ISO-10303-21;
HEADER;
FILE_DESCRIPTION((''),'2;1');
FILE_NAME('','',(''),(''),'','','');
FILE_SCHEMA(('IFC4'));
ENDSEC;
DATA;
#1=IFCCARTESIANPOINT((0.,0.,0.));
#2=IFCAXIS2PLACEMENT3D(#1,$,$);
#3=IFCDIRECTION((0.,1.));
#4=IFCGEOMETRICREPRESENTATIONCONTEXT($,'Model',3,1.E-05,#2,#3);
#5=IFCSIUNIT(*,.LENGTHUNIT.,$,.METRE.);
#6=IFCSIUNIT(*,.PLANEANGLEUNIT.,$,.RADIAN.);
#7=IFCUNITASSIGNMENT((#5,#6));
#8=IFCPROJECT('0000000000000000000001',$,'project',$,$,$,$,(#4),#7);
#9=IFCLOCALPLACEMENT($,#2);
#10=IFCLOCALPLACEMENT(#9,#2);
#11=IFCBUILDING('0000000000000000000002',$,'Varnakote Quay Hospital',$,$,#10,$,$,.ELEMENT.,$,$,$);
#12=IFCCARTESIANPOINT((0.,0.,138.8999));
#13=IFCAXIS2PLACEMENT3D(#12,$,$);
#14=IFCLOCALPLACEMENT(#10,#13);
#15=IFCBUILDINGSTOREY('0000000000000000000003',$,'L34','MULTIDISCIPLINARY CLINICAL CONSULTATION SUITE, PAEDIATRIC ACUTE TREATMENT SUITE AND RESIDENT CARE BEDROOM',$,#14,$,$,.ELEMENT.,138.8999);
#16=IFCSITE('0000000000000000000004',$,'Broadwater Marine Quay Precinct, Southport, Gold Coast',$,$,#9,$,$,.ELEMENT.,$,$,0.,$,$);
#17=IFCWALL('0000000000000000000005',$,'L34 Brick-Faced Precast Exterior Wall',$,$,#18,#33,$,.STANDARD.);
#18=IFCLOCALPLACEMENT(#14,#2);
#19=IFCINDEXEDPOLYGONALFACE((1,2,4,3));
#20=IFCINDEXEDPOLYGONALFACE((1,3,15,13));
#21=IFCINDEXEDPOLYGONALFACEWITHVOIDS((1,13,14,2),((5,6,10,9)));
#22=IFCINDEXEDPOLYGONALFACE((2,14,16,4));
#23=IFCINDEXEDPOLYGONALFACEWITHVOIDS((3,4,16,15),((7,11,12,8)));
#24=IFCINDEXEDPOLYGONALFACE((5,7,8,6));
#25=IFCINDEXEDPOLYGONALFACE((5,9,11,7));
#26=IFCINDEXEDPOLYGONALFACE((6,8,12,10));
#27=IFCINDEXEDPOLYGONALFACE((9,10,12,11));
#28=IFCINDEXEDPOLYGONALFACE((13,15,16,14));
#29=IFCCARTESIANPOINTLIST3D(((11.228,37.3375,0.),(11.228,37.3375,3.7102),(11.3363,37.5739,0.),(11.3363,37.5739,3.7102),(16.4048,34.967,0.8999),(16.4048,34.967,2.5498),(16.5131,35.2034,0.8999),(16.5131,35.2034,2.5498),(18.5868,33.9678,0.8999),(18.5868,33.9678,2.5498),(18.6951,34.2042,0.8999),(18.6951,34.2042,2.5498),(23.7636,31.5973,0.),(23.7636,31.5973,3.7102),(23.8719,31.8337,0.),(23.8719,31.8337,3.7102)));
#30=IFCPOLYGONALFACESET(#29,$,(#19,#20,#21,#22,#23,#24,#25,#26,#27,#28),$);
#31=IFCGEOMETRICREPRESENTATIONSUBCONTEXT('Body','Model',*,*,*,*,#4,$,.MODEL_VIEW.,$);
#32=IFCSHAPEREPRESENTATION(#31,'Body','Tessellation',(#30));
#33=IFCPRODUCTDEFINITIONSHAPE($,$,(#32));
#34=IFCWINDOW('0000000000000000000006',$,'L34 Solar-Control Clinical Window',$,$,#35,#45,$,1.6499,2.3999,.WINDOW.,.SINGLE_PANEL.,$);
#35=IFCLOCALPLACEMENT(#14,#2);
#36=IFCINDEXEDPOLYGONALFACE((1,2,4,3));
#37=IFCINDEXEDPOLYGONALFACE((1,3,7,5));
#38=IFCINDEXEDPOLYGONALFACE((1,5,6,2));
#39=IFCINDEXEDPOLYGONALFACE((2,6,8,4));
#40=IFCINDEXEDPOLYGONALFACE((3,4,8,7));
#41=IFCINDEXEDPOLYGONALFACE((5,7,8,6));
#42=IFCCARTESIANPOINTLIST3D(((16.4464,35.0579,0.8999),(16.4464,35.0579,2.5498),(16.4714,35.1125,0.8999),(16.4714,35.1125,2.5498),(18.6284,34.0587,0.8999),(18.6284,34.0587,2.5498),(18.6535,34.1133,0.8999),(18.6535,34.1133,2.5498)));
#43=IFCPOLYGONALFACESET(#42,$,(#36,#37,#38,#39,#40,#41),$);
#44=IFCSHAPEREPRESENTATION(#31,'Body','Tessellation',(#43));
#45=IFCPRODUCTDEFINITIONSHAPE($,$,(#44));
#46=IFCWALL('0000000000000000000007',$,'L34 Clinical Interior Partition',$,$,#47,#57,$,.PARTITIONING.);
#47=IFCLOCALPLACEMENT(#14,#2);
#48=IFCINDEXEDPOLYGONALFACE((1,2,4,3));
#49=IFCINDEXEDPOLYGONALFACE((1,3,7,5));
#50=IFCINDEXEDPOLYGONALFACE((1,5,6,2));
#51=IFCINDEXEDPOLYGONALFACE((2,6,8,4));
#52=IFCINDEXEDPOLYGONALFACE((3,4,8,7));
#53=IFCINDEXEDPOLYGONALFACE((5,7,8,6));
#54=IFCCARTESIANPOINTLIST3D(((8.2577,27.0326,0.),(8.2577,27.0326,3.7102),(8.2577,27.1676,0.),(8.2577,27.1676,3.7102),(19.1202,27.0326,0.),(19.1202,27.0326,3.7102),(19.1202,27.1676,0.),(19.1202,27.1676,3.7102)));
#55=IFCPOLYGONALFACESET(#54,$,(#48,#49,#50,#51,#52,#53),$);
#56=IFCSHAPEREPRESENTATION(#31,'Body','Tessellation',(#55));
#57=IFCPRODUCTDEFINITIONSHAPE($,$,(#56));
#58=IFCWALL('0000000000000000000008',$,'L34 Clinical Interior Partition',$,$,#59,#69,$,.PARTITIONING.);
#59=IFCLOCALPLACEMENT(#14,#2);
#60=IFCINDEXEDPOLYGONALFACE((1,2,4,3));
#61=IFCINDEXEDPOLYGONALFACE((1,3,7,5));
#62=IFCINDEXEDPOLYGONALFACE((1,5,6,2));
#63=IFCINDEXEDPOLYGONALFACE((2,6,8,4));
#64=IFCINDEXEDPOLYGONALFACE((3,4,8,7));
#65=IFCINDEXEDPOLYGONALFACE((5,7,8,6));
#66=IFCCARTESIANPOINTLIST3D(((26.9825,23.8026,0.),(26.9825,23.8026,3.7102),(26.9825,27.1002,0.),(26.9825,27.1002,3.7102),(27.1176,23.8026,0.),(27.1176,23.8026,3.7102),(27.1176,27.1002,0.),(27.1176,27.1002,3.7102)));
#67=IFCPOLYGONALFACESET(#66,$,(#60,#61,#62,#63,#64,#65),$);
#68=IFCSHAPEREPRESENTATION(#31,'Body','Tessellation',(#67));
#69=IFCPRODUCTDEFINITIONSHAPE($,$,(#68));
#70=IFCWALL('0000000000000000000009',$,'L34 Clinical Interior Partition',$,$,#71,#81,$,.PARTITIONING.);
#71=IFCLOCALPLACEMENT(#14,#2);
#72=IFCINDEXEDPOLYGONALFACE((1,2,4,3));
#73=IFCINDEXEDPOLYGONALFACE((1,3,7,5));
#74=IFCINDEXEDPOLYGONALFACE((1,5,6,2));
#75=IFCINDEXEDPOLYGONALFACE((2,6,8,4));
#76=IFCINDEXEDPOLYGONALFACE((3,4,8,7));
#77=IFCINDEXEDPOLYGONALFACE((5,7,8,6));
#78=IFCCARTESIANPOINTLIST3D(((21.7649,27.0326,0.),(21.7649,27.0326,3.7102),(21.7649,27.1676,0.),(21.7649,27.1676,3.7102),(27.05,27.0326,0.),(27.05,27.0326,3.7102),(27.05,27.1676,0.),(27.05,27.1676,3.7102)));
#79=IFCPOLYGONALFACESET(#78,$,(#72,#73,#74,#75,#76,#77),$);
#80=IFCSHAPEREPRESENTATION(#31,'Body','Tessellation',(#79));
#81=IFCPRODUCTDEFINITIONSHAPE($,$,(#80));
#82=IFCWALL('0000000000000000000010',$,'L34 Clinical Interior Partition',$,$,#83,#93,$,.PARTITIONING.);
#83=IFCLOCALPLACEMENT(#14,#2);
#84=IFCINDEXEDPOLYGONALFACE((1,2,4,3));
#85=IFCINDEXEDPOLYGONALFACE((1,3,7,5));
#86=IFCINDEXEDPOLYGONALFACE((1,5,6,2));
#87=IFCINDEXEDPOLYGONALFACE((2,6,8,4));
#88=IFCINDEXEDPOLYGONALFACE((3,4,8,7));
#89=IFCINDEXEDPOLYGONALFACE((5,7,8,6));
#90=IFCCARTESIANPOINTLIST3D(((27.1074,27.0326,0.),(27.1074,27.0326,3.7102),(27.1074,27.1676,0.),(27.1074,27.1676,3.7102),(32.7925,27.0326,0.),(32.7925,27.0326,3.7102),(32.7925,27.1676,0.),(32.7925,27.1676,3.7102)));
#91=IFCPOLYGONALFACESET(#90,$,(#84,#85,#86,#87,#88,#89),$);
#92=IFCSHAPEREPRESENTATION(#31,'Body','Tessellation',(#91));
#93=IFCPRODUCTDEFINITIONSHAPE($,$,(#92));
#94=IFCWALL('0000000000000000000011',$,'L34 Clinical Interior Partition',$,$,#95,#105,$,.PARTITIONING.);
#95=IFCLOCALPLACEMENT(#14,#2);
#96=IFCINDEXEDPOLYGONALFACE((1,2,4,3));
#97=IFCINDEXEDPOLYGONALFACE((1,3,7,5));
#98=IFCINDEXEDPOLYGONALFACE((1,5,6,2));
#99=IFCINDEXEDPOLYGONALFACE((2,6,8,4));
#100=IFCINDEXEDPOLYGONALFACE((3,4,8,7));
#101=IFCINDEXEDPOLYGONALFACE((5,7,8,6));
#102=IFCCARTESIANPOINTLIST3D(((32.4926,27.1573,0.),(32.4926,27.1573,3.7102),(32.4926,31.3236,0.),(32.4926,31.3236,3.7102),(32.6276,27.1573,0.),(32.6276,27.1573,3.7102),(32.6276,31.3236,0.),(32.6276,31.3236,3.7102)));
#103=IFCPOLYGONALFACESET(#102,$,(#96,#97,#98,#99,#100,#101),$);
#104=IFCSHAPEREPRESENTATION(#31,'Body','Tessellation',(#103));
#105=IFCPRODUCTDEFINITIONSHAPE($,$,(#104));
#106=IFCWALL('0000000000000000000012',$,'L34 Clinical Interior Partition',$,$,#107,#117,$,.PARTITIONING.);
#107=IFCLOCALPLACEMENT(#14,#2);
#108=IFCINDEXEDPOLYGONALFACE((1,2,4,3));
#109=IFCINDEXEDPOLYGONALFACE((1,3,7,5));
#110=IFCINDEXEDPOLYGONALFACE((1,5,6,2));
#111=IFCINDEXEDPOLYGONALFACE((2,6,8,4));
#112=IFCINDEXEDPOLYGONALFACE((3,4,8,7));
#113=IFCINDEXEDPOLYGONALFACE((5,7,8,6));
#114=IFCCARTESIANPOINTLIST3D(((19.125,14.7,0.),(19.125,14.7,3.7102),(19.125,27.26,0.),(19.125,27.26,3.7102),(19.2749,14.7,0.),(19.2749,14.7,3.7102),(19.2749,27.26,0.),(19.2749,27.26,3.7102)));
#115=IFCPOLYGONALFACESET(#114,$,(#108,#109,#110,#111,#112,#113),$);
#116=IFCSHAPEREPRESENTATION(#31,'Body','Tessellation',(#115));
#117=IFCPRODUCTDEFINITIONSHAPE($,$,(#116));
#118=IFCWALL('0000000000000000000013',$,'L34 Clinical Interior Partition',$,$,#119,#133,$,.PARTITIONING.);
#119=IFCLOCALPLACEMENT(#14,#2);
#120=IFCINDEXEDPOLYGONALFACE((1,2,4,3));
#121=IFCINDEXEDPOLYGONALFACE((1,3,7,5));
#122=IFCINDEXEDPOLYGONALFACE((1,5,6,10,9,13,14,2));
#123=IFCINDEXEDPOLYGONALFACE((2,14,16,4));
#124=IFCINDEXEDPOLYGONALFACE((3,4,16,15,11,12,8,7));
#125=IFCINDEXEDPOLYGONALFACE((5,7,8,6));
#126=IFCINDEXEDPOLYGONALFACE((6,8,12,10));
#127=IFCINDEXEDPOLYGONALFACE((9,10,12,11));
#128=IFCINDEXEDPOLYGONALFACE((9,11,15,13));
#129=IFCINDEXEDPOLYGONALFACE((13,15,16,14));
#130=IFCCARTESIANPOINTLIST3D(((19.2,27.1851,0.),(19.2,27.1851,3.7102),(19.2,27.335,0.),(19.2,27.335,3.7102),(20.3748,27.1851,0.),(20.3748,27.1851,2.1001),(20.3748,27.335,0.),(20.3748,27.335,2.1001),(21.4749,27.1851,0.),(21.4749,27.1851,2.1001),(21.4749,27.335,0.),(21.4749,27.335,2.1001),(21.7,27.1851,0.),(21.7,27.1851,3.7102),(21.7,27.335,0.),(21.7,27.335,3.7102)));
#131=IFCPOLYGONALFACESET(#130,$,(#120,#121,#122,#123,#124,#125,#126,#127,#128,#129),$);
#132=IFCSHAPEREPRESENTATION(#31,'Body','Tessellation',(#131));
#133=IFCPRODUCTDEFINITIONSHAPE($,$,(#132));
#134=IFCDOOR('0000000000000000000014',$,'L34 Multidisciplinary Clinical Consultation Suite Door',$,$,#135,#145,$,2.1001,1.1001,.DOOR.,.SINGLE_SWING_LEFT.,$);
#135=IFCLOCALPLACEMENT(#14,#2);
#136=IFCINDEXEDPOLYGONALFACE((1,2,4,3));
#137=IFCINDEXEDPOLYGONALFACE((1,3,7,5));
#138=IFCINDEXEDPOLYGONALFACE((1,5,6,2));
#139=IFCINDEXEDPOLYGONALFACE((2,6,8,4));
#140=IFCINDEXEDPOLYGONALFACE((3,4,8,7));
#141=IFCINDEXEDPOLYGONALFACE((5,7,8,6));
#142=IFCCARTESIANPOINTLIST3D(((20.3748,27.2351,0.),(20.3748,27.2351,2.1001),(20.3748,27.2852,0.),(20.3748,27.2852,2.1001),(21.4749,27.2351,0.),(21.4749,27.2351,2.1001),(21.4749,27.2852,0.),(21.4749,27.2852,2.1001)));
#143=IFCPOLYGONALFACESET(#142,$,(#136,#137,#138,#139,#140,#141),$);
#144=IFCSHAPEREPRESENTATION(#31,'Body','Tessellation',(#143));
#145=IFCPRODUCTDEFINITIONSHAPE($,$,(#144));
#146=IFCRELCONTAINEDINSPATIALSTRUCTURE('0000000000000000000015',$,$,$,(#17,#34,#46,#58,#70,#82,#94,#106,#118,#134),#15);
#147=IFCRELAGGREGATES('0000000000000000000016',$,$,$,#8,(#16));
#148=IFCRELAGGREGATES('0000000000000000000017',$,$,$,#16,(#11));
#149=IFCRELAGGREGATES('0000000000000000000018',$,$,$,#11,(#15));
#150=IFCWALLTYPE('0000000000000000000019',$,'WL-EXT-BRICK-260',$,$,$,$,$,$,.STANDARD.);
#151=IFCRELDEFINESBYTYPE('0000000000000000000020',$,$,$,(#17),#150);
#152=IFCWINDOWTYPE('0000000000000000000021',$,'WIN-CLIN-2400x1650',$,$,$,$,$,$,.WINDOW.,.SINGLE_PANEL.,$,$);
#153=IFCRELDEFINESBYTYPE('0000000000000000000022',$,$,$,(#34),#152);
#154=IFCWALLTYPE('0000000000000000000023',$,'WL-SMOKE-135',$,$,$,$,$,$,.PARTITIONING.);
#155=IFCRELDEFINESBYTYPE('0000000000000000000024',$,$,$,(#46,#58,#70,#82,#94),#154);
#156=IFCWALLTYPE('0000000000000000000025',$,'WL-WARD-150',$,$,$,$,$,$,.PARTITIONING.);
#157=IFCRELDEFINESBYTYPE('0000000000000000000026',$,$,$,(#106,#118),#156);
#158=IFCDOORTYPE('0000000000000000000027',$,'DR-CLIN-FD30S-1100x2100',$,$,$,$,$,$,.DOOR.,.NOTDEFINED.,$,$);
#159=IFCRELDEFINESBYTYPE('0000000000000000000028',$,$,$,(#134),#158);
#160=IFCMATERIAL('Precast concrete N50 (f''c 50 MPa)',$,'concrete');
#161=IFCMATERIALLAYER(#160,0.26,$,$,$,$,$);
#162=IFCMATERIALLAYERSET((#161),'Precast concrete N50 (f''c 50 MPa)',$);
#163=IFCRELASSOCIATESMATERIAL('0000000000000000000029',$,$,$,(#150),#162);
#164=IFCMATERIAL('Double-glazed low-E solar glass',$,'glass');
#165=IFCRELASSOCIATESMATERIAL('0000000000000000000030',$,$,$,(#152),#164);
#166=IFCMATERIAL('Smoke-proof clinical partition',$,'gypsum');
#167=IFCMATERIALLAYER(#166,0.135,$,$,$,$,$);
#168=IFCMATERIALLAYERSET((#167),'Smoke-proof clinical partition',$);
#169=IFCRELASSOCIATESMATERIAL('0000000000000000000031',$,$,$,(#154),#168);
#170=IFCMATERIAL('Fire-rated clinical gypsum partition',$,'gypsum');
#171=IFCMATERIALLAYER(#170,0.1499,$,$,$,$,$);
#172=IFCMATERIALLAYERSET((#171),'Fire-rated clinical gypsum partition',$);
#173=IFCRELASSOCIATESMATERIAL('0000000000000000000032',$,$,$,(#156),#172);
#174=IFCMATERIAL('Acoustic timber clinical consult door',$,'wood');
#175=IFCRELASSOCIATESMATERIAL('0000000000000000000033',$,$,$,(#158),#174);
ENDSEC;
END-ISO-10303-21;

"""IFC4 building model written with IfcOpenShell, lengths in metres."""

from ifc_helpers import new_model, si_unit, direction, frame, frame_2d, origin, place, context, subcontext, project, spatial, rectangle, extrude, material, layer, layer_set, type_object, element, fill, save


model = new_model("IFC4")

# Units and contexts
model_context = context("Model", 3, precision=1e-05, world=origin(), true_north=direction((0.0, 1.0)))
body_context = subcontext(model_context, "Body", "Model", "MODEL_VIEW")
ifc_project = project(units=[si_unit("LENGTHUNIT", "METRE"), si_unit("PLANEANGLEUNIT", "RADIAN")], contexts=[model_context])

# Site, building, storey
site_placement = place(None, origin())
site = spatial("IfcSite", under=ifc_project, at=site_placement, Name="Broadwater Marine Quay Precinct, Southport, Gold Coast", CompositionType="ELEMENT", RefElevation=0.0)
building_placement = place(site_placement, origin())
building = spatial("IfcBuilding", under=site, at=building_placement, Name="Varnakote Quay Hospital", CompositionType="ELEMENT")
storey_placement = place(building_placement, frame((0.0, 0.0, 138.8999)))
storey = spatial("IfcBuildingStorey", under=building, at=storey_placement, Name="L34", Description="MULTIDISCIPLINARY CLINICAL CONSULTATION SUITE, PAEDIATRIC ACUTE TREATMENT SUITE AND RESIDENT CARE BEDROOM", CompositionType="ELEMENT", Elevation=138.8999)

# Wall, opening, window
ifc_material_1 = material(Name="Precast concrete N50 (f'c 50 MPa)", Category="concrete")
ifc_layer_1 = layer(ifc_material_1, 0.26)
ifc_layer_set_1 = layer_set([ifc_layer_1], Name="Precast concrete N50 (f'c 50 MPa)")
wall_type_1 = type_object("IfcWallType", Name="WL-EXT-BRICK-260", PredefinedType="STANDARD", material=ifc_layer_set_1)
wall_1_placement = place(storey_placement, frame((23.8176, 31.7156, 0.0), z_axis=(0.0, 0.0, 1.0), x_axis=(-0.90921, 0.416339, 0.0)))
wall_1 = element("IfcWall", 1, at=wall_1_placement, inside=storey, type_object=wall_type_1, Name="L34 Brick-Faced Precast Exterior Wall", PredefinedType="STANDARD", context=body_context, shape_type="SweptSolid", body=[
    extrude(rectangle(XDim=13.7874, YDim=0.26, at=frame_2d((6.8936, 0.0))), origin(), (0.0, 0.0, 1.0), 3.7102),
])
opening_1_placement = place(wall_1_placement, frame((5.6936, 0.0, 0.8999)))
opening_1 = element("IfcOpeningElement", 2, at=opening_1_placement, cuts=wall_1, PredefinedType="OPENING", context=body_context, shape_type="SweptSolid", body=[
    extrude(rectangle(XDim=2.3999, YDim=1.6499, at=frame_2d((1.2, 0.825))), frame((0.0, 0.1399, 0.0), z_axis=(0.0, -1.0, 0.0), x_axis=(1.0, 0.0, 0.0)), (0.0, 0.0, 1.0), 0.28),
])
ifc_material_2 = material(Name="Double-glazed low-E solar glass", Category="glass")
window_type = type_object("IfcWindowType", Name="WIN-CLIN-2400x1650", PartitioningType="SINGLE_PANEL", PredefinedType="WINDOW", material=ifc_material_2)
window_placement = place(opening_1_placement, origin())
window = element("IfcWindow", 3, at=window_placement, inside=storey, type_object=window_type, Name="L34 Solar-Control Clinical Window", OverallHeight=1.6499, OverallWidth=2.3999, PartitioningType="SINGLE_PANEL", PredefinedType="WINDOW", context=body_context, shape_type="SweptSolid", body=[
    extrude(rectangle(XDim=2.3999, YDim=1.6499, at=frame_2d((1.2, 0.825))), frame((0.0, 0.03, 0.0), z_axis=(0.0, -1.0, 0.0), x_axis=(1.0, 0.0, 0.0)), (0.0, 0.0, 1.0), 0.0601),
])
fill(opening_1, window)

# Walls
ifc_material_3 = material(Name="Smoke-proof clinical partition", Category="gypsum")
ifc_layer_2 = layer(ifc_material_3, 0.135)
ifc_layer_set_2 = layer_set([ifc_layer_2], Name="Smoke-proof clinical partition")
wall_type_2 = type_object("IfcWallType", Name="WL-SMOKE-135", PredefinedType="PARTITIONING", material=ifc_layer_set_2)
wall_2_placement = place(storey_placement, frame((19.1201, 27.1001, 0.0), z_axis=(0.0, 0.0, 1.0), x_axis=(-1.0, 0.0, 0.0)))
element("IfcWall", 4, at=wall_2_placement, inside=storey, type_object=wall_type_2, Name="L34 Clinical Interior Partition", PredefinedType="PARTITIONING", context=body_context, shape_type="SweptSolid", body=[
    extrude(rectangle(XDim=10.8625, YDim=0.135, at=frame_2d((5.4312, 0.0))), origin(), (0.0, 0.0, 1.0), 3.7102),
])
wall_3_placement = place(storey_placement, frame((27.05, 23.8025, 0.0), z_axis=(0.0, 0.0, 1.0), x_axis=(0.0, 1.0, 0.0)))
element("IfcWall", 5, at=wall_3_placement, inside=storey, type_object=wall_type_2, Name="L34 Clinical Interior Partition", PredefinedType="PARTITIONING", context=body_context, shape_type="SweptSolid", body=[
    extrude(rectangle(XDim=3.2976, YDim=0.135, at=frame_2d((1.6489, 0.0))), origin(), (0.0, 0.0, 1.0), 3.7102),
])
wall_4_placement = place(storey_placement, frame((27.05, 27.1001, 0.0), z_axis=(0.0, 0.0, 1.0), x_axis=(-1.0, 0.0, 0.0)))
element("IfcWall", 6, at=wall_4_placement, inside=storey, type_object=wall_type_2, Name="L34 Clinical Interior Partition", PredefinedType="PARTITIONING", context=body_context, shape_type="SweptSolid", body=[
    extrude(rectangle(XDim=5.2852, YDim=0.135, at=frame_2d((2.6426, 0.0))), origin(), (0.0, 0.0, 1.0), 3.7102),
])
wall_5_placement = place(storey_placement, frame((32.7925, 27.1001, 0.0), z_axis=(0.0, 0.0, 1.0), x_axis=(-1.0, 0.0, 0.0)))
element("IfcWall", 7, at=wall_5_placement, inside=storey, type_object=wall_type_2, Name="L34 Clinical Interior Partition", PredefinedType="PARTITIONING", context=body_context, shape_type="SweptSolid", body=[
    extrude(rectangle(XDim=5.6851, YDim=0.135, at=frame_2d((2.8425, 0.0))), origin(), (0.0, 0.0, 1.0), 3.7102),
])
wall_6_placement = place(storey_placement, frame((32.5601, 27.1575, 0.0), z_axis=(0.0, 0.0, 1.0), x_axis=(0.0, 1.0, 0.0)))
element("IfcWall", 8, at=wall_6_placement, inside=storey, type_object=wall_type_2, Name="L34 Clinical Interior Partition", PredefinedType="PARTITIONING", context=body_context, shape_type="SweptSolid", body=[
    extrude(rectangle(XDim=4.1663, YDim=0.135, at=frame_2d((2.083, 0.0))), origin(), (0.0, 0.0, 1.0), 3.7102),
])
ifc_material_4 = material(Name="Fire-rated clinical gypsum partition", Category="gypsum")
ifc_layer_3 = layer(ifc_material_4, 0.1499)
ifc_layer_set_3 = layer_set([ifc_layer_3], Name="Fire-rated clinical gypsum partition")
wall_type_3 = type_object("IfcWallType", Name="WL-WARD-150", PredefinedType="PARTITIONING", material=ifc_layer_set_3)
wall_7_placement = place(storey_placement, frame((19.2, 27.26, 0.0), z_axis=(0.0, 0.0, 1.0), x_axis=(0.0, -1.0, 0.0)))
element("IfcWall", 9, at=wall_7_placement, inside=storey, type_object=wall_type_3, Name="L34 Clinical Interior Partition", PredefinedType="PARTITIONING", context=body_context, shape_type="SweptSolid", body=[
    extrude(rectangle(XDim=12.5601, YDim=0.1499, at=frame_2d((6.28, 0.0))), origin(), (0.0, 0.0, 1.0), 3.7102),
])

# Wall, opening, door
wall_8_placement = place(storey_placement, frame((21.7, 27.26, 0.0), z_axis=(0.0, 0.0, 1.0), x_axis=(-1.0, 0.0, 0.0)))
wall_8 = element("IfcWall", 10, at=wall_8_placement, inside=storey, type_object=wall_type_3, Name="L34 Clinical Interior Partition", PredefinedType="PARTITIONING", context=body_context, shape_type="SweptSolid", body=[
    extrude(rectangle(XDim=2.5, YDim=0.1499, at=frame_2d((1.25, 0.0))), origin(), (0.0, 0.0, 1.0), 3.7102),
])
opening_2_placement = place(wall_8_placement, frame((0.2251, 0.0, 0.0)))
opening_2 = element("IfcOpeningElement", 11, at=opening_2_placement, cuts=wall_8, PredefinedType="OPENING", context=body_context, shape_type="SweptSolid", body=[
    extrude(rectangle(XDim=1.1001, YDim=2.1001, at=frame_2d((0.55, 1.05))), frame((0.0, 0.085, 0.0), z_axis=(0.0, -1.0, 0.0), x_axis=(1.0, 0.0, 0.0)), (0.0, 0.0, 1.0), 0.1699),
])
ifc_material_5 = material(Name="Acoustic timber clinical consult door", Category="wood")
door_type_1 = type_object("IfcDoorType", Name="DR-CLIN-FD30S-1100x2100", OperationType="NOTDEFINED", PredefinedType="DOOR", material=ifc_material_5)
door_1_placement = place(opening_2_placement, origin())
door_1 = element("IfcDoor", 12, at=door_1_placement, inside=storey, type_object=door_type_1, Name="L34 Multidisciplinary Clinical Consultation Suite Door", OperationType="SINGLE_SWING_LEFT", OverallHeight=2.1001, OverallWidth=1.1001, PredefinedType="DOOR", context=body_context, shape_type="SweptSolid", body=[
    extrude(rectangle(XDim=1.1001, YDim=2.1001, at=frame_2d((0.55, 1.05))), frame((0.0, 0.0249, 0.0), z_axis=(0.0, -1.0, 0.0), x_axis=(1.0, 0.0, 0.0)), (0.0, 0.0, 1.0), 0.05),
])
fill(opening_2, door_1)

save(model, "model.ifc")
